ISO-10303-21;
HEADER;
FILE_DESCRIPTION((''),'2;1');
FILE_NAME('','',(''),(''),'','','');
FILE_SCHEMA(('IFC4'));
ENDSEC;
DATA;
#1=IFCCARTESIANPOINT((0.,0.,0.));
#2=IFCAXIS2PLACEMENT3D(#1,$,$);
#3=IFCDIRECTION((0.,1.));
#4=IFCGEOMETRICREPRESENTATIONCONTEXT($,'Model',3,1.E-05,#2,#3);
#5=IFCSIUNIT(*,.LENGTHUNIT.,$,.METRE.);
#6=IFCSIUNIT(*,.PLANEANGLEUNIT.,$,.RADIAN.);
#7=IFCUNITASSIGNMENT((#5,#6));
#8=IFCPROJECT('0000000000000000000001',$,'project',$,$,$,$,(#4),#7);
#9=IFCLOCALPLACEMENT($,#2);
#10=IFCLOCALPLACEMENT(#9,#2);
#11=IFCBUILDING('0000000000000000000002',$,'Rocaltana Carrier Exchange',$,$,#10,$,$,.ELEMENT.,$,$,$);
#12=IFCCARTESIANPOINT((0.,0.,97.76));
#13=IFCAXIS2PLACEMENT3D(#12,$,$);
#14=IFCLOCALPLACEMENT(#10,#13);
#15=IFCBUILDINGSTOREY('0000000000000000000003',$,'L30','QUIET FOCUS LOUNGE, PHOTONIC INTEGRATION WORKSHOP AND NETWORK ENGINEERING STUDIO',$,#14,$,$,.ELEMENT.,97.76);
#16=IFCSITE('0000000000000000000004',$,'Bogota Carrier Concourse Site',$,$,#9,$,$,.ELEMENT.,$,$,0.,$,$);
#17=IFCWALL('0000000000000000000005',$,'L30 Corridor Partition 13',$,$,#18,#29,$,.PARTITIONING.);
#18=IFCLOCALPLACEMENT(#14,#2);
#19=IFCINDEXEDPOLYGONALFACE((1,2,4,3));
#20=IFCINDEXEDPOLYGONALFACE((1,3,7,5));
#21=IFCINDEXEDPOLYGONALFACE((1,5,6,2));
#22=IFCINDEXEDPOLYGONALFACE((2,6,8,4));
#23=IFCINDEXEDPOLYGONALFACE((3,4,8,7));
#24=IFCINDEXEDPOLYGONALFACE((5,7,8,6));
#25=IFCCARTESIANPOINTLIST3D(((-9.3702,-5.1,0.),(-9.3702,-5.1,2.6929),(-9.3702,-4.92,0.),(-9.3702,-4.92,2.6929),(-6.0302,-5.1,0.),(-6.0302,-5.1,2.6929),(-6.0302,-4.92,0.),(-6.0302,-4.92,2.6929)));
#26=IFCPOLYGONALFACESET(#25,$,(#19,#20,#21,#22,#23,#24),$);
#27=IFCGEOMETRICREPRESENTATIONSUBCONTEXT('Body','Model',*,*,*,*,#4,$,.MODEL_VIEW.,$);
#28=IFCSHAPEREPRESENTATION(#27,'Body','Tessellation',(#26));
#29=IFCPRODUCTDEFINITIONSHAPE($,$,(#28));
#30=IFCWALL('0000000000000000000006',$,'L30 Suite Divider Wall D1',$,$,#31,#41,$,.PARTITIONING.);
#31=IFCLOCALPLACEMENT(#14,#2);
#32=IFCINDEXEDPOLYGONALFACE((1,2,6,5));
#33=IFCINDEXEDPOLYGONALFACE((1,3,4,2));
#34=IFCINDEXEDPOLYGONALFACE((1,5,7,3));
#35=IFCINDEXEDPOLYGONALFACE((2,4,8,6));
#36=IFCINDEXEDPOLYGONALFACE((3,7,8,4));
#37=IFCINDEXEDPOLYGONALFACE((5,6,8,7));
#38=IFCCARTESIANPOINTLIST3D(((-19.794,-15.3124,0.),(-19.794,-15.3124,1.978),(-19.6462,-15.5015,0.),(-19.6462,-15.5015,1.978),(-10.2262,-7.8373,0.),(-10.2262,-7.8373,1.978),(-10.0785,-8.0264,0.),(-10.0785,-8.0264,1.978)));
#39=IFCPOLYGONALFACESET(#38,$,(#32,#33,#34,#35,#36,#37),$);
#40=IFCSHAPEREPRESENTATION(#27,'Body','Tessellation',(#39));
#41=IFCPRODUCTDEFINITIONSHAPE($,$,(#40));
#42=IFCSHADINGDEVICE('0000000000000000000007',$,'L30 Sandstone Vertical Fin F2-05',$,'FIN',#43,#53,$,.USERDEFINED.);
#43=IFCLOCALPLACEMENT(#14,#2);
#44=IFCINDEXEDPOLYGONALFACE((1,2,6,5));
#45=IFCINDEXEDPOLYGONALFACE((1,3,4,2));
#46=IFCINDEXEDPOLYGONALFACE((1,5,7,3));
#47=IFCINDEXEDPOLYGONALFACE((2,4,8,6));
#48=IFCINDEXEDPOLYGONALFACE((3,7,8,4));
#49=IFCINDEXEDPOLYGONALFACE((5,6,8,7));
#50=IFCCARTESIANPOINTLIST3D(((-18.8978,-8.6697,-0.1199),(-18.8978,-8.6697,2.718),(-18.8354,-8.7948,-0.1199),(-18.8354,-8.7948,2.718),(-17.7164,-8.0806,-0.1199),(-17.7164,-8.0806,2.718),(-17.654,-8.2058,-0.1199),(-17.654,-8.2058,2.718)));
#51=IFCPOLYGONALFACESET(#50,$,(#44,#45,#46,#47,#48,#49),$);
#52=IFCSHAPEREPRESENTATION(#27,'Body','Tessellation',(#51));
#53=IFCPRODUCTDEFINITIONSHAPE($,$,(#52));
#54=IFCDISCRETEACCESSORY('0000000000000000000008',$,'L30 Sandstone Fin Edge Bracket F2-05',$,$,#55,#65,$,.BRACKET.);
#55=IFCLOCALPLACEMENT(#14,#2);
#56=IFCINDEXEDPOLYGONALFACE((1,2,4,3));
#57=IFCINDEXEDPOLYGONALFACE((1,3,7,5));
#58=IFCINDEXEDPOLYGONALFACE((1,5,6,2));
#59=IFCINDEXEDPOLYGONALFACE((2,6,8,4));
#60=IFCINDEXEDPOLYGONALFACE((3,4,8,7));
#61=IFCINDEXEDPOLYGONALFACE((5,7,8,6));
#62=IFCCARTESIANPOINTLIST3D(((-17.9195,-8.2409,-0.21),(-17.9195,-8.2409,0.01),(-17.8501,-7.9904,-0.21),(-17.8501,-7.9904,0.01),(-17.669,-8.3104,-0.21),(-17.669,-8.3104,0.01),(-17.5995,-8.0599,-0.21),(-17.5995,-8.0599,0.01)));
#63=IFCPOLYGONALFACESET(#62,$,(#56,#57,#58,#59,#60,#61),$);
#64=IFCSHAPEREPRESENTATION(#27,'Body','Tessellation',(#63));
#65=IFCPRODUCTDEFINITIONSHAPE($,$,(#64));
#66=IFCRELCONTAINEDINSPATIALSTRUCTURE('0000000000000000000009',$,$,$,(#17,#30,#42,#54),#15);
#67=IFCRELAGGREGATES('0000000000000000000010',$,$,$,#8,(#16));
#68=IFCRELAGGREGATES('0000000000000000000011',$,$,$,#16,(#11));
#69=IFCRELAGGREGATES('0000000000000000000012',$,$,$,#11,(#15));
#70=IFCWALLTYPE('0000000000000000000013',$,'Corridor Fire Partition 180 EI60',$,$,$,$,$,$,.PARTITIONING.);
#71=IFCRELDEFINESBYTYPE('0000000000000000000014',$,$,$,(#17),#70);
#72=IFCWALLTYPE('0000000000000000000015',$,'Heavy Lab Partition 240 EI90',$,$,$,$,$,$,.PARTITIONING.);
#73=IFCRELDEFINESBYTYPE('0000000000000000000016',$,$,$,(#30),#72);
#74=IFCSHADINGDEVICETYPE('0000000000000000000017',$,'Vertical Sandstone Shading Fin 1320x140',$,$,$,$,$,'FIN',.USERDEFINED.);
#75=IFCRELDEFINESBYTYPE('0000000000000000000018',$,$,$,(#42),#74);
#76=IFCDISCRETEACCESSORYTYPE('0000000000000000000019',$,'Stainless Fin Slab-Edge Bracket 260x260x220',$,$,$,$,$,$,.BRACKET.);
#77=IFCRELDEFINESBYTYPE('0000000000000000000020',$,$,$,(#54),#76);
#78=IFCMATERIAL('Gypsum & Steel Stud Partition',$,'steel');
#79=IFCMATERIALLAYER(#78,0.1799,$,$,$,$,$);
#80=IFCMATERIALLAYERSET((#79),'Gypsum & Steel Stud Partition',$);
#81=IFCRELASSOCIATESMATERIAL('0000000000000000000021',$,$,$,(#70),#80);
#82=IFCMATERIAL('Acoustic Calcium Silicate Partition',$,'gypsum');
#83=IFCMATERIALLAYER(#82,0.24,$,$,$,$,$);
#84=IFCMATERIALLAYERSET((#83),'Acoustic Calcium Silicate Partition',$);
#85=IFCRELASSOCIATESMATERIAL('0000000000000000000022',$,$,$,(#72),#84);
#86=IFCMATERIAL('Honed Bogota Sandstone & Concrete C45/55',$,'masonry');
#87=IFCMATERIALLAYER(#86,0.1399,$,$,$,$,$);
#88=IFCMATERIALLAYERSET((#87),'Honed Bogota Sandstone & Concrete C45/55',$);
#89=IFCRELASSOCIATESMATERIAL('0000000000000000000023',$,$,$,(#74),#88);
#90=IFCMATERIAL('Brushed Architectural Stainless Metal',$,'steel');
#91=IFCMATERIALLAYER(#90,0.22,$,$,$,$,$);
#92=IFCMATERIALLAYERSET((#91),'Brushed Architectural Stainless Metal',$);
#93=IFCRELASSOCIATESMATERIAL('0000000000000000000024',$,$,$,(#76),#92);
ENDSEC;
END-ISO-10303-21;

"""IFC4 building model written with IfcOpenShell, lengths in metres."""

from ifc_helpers import new_model, si_unit, direction, frame, frame_2d, origin, origin_2d, place, context, subcontext, project, spatial, rectangle, extrude, material, layer, layer_set, type_object, element, save


model = new_model("IFC4")

# Units and contexts
model_context = context("Model", 3, precision=1e-05, world=origin(), true_north=direction((0.0, 1.0)))
body_context = subcontext(model_context, "Body", "Model", "MODEL_VIEW")
ifc_project = project(units=[si_unit("LENGTHUNIT", "METRE"), si_unit("PLANEANGLEUNIT", "RADIAN")], contexts=[model_context])

# Site, building, storey
site_placement = place(None, origin())
site = spatial("IfcSite", under=ifc_project, at=site_placement, Name="Bogota Carrier Concourse Site", CompositionType="ELEMENT", RefElevation=0.0)
building_placement = place(site_placement, origin())
building = spatial("IfcBuilding", under=site, at=building_placement, Name="Rocaltana Carrier Exchange", CompositionType="ELEMENT")
storey_placement = place(building_placement, frame((0.0, 0.0, 97.76)))
storey = spatial("IfcBuildingStorey", under=building, at=storey_placement, Name="L30", Description="QUIET FOCUS LOUNGE, PHOTONIC INTEGRATION WORKSHOP AND NETWORK ENGINEERING STUDIO", CompositionType="ELEMENT", Elevation=97.76)

# Walls
ifc_material_1 = material(Name="Gypsum & Steel Stud Partition", Category="steel")
ifc_layer_1 = layer(ifc_material_1, 0.1799)
ifc_layer_set_1 = layer_set([ifc_layer_1], Name="Gypsum & Steel Stud Partition")
wall_type_1 = type_object("IfcWallType", Name="Corridor Fire Partition 180 EI60", PredefinedType="PARTITIONING", material=ifc_layer_set_1)
wall_1_placement = place(storey_placement, frame((-9.3701, -5.01, 0.0), z_axis=(0.0, 0.0, 1.0), x_axis=(1.0, 0.0, 0.0)))
element("IfcWall", 1, at=wall_1_placement, inside=storey, type_object=wall_type_1, Name="L30 Corridor Partition 13", PredefinedType="PARTITIONING", context=body_context, shape_type="SweptSolid", body=[
    extrude(rectangle(XDim=3.3401, YDim=0.1799, at=frame_2d((1.6699, 0.0))), origin(), (0.0, 0.0, 1.0), 2.6929),
])
ifc_material_2 = material(Name="Acoustic Calcium Silicate Partition", Category="gypsum")
ifc_layer_2 = layer(ifc_material_2, 0.24)
ifc_layer_set_2 = layer_set([ifc_layer_2], Name="Acoustic Calcium Silicate Partition")
wall_type_2 = type_object("IfcWallType", Name="Heavy Lab Partition 240 EI90", PredefinedType="PARTITIONING", material=ifc_layer_set_2)
wall_2_placement = place(storey_placement, frame((-10.1523, -7.9319, 0.0), z_axis=(0.0, 0.0, 1.0), x_axis=(-0.788016, -0.615654, 0.0)))
element("IfcWall", 2, at=wall_2_placement, inside=storey, type_object=wall_type_2, Name="L30 Suite Divider Wall D1", PredefinedType="PARTITIONING", context=body_context, shape_type="SweptSolid", body=[
    extrude(rectangle(XDim=12.1416, YDim=0.24, at=frame_2d((6.0708, 0.0))), origin(), (0.0, 0.0, 1.0), 1.978),
])

# Shading device
ifc_material_3 = material(Name="Honed Bogota Sandstone & Concrete C45/55", Category="masonry")
ifc_layer_3 = layer(ifc_material_3, 0.1399)
ifc_layer_set_3 = layer_set([ifc_layer_3], Name="Honed Bogota Sandstone & Concrete C45/55")
shading_device_type = type_object("IfcShadingDeviceType", Name="Vertical Sandstone Shading Fin 1320x140", ElementType="FIN", PredefinedType="USERDEFINED", material=ifc_layer_set_3)
shading_device_placement = place(storey_placement, frame((-18.2759, -8.4377, -0.1199), z_axis=(0.0, 0.0, 1.0), x_axis=(-0.894934, -0.446198, 0.0)))
element("IfcShadingDevice", 3, at=shading_device_placement, inside=storey, type_object=shading_device_type, Name="L30 Sandstone Vertical Fin F2-05", ObjectType="FIN", PredefinedType="USERDEFINED", context=body_context, shape_type="SweptSolid", body=[
    extrude(rectangle(XDim=1.3201, YDim=0.1399, at=origin_2d()), origin(), (0.0, 0.0, 1.0), 2.8379),
])

# Discrete accessory
ifc_material_4 = material(Name="Brushed Architectural Stainless Metal", Category="steel")
ifc_layer_4 = layer(ifc_material_4, 0.22)
ifc_layer_set_4 = layer_set([ifc_layer_4], Name="Brushed Architectural Stainless Metal")
discrete_accessory_type = type_object("IfcDiscreteAccessoryType", Name="Stainless Fin Slab-Edge Bracket 260x260x220", PredefinedType="BRACKET", material=ifc_layer_set_4)
discrete_accessory_placement = place(storey_placement, frame((-17.7595, -8.1504, -0.21), z_axis=(0.0, 0.0, 1.0), x_axis=(-0.267238, -0.96363, 0.0)))
element("IfcDiscreteAccessory", 4, at=discrete_accessory_placement, inside=storey, type_object=discrete_accessory_type, Name="L30 Sandstone Fin Edge Bracket F2-05", PredefinedType="BRACKET", context=body_context, shape_type="SweptSolid", body=[
    extrude(rectangle(XDim=0.26, YDim=0.26, at=origin_2d()), origin(), (0.0, 0.0, 1.0), 0.22),
])

save(model, "model.ifc")
